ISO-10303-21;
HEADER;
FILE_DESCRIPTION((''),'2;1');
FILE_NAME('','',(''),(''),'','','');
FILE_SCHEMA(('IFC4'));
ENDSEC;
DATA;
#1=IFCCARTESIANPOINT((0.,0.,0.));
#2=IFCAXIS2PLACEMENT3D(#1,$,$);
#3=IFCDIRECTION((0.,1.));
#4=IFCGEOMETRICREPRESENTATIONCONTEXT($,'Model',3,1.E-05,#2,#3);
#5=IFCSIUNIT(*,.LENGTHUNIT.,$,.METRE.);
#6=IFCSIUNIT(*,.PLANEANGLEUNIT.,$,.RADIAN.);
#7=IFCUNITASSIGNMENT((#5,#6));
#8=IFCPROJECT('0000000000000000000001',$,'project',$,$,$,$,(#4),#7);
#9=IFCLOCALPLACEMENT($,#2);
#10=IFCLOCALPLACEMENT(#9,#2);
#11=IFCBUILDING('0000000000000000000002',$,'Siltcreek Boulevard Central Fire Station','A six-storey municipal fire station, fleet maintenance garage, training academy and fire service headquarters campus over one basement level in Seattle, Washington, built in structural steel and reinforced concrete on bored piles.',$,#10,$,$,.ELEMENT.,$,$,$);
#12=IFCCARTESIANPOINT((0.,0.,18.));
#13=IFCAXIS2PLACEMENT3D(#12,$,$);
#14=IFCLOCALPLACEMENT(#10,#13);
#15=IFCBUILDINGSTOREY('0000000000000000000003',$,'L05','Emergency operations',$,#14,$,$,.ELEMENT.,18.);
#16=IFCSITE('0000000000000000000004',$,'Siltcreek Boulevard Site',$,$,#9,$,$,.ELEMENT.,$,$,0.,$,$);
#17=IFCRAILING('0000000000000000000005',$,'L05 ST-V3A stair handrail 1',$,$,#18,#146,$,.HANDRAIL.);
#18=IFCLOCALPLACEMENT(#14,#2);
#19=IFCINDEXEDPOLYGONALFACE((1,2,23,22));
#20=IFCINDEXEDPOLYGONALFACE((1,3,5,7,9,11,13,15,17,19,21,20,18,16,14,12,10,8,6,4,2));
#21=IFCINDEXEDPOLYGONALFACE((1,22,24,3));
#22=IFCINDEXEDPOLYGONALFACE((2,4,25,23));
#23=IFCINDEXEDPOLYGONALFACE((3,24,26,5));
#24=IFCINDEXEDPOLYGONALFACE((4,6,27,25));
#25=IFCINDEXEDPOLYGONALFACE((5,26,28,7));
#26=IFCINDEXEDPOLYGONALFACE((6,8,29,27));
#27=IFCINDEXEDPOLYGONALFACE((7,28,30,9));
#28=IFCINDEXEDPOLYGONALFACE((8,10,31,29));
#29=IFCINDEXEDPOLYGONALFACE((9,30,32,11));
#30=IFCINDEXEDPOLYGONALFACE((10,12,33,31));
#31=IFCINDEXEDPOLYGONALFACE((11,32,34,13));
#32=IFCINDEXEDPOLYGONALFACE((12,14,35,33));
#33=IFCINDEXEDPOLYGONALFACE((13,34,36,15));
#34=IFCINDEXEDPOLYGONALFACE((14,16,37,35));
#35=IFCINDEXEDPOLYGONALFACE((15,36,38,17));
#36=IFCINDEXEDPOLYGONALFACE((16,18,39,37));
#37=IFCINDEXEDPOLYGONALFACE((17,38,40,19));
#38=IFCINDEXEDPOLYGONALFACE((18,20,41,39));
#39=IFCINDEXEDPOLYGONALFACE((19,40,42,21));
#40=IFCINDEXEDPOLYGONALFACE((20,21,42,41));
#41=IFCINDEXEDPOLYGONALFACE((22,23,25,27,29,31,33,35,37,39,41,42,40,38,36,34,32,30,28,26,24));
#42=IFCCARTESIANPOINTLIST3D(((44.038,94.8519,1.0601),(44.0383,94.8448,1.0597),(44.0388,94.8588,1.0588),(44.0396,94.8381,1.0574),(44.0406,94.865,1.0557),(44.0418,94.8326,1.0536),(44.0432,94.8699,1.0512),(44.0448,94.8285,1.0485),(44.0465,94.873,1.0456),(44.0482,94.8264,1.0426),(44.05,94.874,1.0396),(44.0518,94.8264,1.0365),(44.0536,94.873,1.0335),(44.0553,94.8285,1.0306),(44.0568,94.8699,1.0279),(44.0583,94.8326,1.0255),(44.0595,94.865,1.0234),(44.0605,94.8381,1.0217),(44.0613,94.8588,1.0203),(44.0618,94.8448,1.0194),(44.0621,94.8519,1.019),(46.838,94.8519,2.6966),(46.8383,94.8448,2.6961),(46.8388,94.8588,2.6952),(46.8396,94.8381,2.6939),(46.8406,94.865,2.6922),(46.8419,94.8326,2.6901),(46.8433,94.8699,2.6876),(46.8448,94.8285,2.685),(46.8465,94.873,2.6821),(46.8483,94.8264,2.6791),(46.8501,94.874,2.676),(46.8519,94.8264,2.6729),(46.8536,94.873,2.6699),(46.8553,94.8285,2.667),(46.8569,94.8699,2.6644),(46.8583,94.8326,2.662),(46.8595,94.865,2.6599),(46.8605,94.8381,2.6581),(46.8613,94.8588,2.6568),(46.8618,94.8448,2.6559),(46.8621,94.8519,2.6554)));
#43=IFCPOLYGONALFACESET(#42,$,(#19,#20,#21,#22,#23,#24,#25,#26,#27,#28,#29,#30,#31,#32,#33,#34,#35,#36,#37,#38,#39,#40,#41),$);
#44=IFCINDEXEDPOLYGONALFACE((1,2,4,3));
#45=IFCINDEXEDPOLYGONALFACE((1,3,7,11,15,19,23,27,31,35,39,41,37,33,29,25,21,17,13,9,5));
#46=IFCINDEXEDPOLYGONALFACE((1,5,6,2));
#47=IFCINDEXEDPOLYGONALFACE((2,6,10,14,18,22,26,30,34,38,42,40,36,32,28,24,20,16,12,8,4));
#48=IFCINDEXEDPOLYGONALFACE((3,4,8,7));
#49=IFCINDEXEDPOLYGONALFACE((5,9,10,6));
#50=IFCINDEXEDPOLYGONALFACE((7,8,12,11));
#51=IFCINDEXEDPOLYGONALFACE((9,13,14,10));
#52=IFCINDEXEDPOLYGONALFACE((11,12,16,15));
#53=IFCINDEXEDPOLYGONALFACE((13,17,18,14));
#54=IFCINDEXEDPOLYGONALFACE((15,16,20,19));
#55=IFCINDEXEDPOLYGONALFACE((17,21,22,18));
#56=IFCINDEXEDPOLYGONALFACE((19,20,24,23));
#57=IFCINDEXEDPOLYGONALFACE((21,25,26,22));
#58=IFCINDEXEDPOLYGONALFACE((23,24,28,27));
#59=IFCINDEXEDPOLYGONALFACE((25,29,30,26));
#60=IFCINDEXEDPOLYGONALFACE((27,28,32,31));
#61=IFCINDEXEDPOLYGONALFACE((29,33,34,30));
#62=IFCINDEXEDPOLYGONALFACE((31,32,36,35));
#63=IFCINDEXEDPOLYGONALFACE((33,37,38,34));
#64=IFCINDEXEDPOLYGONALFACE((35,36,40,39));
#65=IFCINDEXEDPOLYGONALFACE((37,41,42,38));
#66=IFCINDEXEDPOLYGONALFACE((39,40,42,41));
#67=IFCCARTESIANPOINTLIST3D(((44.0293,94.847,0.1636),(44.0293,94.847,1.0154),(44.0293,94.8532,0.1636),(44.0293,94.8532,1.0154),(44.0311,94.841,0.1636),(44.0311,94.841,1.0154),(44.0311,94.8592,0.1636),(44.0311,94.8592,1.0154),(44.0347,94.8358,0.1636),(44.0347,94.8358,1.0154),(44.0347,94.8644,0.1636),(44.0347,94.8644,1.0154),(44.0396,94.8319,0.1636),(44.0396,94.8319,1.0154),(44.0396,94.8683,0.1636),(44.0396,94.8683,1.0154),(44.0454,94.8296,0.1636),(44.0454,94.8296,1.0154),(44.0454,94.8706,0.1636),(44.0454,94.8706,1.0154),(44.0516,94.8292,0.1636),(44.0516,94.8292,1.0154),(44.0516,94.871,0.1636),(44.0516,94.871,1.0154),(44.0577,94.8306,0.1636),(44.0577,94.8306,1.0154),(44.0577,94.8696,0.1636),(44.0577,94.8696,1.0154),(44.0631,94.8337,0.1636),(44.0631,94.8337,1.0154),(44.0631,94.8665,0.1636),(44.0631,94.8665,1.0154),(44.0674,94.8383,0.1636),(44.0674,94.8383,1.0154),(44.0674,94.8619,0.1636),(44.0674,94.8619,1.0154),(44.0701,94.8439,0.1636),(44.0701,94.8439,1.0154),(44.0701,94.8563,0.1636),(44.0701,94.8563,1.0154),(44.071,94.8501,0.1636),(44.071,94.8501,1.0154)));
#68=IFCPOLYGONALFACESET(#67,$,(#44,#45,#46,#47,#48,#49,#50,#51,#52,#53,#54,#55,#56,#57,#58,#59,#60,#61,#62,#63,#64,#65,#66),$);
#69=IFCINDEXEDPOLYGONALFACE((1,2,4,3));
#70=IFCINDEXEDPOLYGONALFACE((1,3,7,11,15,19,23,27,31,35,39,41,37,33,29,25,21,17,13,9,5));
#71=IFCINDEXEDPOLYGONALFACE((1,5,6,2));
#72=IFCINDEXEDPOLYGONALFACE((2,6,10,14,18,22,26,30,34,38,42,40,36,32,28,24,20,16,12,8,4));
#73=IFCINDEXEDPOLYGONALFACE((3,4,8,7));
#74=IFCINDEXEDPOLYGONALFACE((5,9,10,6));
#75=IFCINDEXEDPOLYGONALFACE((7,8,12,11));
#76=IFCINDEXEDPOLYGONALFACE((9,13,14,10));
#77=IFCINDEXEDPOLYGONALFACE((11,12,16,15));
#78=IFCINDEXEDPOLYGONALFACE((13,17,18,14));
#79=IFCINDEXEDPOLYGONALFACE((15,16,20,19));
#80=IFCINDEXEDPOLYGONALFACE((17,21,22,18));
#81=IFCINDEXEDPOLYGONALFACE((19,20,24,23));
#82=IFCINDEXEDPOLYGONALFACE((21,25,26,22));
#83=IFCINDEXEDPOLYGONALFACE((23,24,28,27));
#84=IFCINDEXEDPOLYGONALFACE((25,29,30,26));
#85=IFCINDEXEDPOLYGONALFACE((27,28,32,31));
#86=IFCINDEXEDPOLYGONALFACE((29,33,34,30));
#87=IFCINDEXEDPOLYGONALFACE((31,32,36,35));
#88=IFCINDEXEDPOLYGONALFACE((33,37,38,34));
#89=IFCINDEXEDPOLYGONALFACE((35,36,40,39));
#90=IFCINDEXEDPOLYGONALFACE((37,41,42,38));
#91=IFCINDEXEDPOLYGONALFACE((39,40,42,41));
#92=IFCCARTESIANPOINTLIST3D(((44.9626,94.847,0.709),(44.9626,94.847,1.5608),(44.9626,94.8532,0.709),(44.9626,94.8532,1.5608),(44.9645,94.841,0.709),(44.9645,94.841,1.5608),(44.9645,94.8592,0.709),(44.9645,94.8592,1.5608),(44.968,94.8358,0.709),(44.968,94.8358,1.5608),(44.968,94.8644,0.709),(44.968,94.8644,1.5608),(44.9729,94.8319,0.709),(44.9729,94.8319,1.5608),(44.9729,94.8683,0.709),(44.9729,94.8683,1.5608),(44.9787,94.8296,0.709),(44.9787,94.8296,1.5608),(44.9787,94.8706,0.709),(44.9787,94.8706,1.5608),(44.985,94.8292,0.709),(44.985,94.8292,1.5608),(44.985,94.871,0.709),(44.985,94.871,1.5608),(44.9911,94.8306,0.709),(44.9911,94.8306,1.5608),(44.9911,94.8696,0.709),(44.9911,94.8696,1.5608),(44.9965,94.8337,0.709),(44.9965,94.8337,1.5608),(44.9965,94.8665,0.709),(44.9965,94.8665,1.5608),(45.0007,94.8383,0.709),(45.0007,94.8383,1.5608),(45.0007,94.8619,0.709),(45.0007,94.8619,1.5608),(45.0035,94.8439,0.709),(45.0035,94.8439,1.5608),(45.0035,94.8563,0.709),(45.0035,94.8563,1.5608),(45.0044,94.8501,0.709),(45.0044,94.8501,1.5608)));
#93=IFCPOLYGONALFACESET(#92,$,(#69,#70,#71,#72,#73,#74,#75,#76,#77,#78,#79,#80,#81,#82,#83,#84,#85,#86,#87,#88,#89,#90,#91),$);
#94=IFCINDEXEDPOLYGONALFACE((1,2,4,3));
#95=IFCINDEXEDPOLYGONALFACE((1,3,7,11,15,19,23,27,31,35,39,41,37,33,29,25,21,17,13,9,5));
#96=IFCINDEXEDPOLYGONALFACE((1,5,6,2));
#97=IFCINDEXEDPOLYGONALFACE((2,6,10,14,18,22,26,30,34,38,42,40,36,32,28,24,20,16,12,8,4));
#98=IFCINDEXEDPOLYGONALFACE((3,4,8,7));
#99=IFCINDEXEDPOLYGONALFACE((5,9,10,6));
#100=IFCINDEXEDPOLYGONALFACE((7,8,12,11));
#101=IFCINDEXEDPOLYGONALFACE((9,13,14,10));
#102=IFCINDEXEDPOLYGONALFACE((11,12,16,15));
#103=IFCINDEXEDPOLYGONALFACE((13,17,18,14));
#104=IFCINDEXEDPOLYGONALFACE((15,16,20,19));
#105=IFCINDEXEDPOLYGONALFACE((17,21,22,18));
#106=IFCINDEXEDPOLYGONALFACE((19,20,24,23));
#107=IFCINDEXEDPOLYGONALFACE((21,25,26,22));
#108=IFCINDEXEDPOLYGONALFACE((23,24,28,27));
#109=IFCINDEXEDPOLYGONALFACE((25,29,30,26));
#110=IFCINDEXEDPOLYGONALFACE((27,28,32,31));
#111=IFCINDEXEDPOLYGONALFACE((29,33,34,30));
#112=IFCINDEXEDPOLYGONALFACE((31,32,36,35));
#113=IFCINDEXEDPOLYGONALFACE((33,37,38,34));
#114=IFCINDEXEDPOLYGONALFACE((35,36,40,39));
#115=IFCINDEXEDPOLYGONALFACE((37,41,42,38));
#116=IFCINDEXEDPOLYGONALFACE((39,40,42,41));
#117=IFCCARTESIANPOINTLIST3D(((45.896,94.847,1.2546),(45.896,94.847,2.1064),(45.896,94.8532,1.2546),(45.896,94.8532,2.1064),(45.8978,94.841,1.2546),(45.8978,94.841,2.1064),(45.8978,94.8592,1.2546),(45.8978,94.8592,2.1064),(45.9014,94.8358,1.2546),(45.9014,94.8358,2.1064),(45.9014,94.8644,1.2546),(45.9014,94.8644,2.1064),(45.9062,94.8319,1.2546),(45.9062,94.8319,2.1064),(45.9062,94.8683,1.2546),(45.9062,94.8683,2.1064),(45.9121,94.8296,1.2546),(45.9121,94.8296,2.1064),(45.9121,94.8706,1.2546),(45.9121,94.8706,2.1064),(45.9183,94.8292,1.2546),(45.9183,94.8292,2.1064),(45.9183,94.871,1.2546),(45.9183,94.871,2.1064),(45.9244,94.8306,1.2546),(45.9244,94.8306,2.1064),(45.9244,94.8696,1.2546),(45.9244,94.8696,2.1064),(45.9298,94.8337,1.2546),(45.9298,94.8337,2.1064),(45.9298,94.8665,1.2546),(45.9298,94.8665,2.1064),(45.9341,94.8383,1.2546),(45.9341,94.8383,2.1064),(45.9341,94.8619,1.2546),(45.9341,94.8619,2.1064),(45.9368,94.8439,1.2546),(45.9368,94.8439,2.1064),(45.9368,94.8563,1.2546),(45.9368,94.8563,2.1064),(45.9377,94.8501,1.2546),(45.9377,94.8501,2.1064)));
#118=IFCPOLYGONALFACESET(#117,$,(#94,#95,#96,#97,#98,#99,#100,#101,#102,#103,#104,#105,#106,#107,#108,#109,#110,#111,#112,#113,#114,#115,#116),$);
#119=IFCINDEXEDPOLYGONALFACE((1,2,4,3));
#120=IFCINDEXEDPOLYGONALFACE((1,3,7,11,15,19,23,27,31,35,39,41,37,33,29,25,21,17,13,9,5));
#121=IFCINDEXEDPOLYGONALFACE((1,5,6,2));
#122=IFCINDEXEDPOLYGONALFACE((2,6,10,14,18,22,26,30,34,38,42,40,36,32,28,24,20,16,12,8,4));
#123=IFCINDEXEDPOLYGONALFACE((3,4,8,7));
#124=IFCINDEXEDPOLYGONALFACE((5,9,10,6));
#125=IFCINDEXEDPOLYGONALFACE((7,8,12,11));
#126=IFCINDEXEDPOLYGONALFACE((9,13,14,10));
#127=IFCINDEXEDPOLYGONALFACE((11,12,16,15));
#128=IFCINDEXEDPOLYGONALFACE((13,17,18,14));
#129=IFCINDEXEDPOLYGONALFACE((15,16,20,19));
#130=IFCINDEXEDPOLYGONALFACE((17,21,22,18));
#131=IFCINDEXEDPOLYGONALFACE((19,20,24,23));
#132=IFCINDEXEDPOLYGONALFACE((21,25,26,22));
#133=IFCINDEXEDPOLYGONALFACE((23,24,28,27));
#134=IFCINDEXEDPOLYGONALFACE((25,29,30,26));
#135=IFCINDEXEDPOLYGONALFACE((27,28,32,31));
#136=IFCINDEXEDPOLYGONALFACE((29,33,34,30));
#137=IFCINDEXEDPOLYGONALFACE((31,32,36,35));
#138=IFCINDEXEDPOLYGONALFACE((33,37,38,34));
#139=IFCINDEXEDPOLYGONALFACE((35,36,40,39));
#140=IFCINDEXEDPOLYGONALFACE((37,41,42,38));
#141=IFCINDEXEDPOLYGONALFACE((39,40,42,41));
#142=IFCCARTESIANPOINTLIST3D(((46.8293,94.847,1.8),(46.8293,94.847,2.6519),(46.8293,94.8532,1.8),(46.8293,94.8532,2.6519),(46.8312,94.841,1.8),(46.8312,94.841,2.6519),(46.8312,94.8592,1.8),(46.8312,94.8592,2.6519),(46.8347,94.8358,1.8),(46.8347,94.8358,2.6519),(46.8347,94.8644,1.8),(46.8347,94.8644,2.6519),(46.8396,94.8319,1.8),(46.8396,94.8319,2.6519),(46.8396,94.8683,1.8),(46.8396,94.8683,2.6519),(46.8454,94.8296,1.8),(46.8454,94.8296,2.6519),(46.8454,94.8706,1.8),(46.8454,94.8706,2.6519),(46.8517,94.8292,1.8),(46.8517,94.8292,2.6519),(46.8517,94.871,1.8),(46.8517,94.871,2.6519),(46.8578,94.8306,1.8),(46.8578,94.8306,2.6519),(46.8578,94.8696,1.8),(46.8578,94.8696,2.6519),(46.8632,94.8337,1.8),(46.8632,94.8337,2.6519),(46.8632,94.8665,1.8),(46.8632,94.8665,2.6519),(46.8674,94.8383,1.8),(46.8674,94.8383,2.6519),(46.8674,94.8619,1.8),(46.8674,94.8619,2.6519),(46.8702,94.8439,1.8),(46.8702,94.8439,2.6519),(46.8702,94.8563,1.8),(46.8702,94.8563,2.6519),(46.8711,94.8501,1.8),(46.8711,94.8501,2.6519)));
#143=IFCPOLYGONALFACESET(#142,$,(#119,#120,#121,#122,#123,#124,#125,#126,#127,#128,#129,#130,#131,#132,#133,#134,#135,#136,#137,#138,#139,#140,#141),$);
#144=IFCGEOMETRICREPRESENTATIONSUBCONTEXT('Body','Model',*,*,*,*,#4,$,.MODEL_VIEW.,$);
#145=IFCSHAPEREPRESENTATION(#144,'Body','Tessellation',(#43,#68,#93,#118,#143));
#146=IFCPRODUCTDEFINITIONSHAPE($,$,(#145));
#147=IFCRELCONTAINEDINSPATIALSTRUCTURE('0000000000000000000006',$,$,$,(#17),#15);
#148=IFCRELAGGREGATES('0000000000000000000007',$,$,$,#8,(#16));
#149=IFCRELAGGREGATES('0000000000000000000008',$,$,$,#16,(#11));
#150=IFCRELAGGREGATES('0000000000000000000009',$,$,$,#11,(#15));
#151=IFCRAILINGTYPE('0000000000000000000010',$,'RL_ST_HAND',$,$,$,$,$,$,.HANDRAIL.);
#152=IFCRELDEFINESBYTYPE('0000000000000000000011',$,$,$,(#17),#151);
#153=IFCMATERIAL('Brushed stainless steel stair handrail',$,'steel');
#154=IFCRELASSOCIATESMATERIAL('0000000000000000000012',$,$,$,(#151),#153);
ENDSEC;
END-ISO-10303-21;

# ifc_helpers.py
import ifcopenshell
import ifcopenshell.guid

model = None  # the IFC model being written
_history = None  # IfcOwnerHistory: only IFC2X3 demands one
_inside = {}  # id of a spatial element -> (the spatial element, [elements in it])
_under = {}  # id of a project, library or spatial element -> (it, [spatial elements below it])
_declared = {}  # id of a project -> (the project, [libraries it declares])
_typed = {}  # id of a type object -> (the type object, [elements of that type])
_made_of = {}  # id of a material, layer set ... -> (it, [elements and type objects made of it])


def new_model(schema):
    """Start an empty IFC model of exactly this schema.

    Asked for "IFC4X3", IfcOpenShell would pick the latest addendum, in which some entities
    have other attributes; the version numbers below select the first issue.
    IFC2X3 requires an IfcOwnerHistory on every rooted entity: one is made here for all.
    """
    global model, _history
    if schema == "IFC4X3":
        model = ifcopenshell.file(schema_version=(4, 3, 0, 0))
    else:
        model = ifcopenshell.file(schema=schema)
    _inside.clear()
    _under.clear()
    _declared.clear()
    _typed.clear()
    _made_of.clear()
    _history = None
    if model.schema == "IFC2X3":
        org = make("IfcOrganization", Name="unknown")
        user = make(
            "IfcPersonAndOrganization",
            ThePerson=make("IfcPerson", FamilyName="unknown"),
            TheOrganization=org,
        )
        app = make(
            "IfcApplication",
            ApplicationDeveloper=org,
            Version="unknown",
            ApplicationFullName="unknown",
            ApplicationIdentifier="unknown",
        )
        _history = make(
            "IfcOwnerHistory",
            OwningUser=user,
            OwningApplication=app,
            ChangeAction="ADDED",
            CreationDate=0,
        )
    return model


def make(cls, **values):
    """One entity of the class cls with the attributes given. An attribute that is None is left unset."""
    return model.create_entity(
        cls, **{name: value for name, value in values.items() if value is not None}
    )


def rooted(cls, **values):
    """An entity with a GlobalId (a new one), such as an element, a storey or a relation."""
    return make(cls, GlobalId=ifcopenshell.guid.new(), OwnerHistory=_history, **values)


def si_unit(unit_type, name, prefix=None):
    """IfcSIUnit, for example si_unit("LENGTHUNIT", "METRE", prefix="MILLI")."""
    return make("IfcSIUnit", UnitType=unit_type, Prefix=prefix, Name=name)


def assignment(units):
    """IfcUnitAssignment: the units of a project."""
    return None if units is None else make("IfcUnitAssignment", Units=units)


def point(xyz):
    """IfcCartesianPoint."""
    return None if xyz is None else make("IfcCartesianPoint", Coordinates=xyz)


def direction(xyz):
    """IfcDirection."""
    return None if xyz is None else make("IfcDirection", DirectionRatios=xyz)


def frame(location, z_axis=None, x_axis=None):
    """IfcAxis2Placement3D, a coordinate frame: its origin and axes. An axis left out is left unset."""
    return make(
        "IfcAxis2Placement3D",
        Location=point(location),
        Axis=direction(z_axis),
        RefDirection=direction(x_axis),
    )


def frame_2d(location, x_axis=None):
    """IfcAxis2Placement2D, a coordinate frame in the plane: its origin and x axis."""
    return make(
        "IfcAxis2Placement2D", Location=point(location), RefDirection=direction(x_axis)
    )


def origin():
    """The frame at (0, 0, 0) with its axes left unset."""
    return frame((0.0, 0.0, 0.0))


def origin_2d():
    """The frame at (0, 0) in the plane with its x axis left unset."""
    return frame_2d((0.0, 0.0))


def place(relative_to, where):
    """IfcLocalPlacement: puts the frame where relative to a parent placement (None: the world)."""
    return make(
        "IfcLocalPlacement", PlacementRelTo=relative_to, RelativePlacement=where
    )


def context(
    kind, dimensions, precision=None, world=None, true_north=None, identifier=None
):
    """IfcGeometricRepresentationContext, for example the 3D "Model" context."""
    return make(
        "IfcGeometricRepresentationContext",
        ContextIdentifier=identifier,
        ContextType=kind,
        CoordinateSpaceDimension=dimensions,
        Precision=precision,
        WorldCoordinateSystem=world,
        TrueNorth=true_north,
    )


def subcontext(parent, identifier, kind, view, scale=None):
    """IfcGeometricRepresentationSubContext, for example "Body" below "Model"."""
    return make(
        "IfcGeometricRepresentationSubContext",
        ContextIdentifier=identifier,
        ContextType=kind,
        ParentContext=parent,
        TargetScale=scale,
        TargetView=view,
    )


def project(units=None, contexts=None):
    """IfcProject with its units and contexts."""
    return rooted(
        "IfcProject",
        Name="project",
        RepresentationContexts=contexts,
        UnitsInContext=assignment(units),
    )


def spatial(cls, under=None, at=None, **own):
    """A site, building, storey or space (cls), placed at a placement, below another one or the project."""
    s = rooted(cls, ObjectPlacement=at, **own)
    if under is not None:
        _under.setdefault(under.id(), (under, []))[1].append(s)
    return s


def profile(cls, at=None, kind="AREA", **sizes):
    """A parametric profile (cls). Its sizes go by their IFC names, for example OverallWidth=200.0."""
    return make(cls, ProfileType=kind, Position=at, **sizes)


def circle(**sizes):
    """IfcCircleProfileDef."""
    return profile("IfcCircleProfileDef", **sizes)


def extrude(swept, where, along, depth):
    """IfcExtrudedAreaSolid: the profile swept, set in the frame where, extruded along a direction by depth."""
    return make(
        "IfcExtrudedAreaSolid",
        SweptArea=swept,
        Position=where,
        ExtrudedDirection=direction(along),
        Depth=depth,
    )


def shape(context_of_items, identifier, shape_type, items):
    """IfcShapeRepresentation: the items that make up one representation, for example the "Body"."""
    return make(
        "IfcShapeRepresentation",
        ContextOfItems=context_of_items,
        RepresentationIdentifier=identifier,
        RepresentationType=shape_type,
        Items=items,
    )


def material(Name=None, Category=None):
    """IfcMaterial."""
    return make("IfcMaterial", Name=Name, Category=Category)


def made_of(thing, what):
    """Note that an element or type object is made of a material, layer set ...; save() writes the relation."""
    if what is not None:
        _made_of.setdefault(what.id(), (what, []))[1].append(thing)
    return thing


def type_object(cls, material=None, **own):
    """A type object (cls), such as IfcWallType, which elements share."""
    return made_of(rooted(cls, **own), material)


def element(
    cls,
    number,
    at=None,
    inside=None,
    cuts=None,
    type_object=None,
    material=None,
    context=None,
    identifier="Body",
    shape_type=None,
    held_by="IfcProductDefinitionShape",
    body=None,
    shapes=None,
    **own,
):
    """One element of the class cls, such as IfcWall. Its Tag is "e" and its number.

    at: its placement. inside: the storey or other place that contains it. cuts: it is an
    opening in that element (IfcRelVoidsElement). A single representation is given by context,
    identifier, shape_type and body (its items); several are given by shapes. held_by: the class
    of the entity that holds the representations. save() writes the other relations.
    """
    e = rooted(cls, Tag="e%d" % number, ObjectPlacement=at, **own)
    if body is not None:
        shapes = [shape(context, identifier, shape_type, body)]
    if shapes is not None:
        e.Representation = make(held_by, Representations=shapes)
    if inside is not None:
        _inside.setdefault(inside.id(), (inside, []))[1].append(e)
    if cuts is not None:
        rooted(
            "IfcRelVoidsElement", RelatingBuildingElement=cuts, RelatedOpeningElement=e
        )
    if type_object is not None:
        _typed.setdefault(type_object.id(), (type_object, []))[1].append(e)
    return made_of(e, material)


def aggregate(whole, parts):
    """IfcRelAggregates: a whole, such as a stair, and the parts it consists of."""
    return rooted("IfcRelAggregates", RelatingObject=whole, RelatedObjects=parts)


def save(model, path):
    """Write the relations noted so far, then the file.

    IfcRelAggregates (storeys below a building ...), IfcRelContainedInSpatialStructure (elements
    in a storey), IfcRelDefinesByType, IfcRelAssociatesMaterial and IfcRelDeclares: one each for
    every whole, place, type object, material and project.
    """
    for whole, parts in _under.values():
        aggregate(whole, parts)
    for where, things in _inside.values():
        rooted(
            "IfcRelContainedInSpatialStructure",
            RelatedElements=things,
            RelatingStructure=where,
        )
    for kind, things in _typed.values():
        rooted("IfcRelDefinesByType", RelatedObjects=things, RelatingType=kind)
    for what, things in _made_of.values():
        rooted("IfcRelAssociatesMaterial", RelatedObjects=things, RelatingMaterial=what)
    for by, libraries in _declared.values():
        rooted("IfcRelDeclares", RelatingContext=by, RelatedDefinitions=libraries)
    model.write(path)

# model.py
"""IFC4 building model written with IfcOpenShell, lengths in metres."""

from ifc_helpers import new_model, si_unit, direction, frame, origin, origin_2d, place, context, subcontext, project, spatial, circle, extrude, material, type_object, element, save


model = new_model("IFC4")

# Units and contexts
model_context = context("Model", 3, precision=1e-05, world=origin(), true_north=direction((0.0, 1.0)))
body_context = subcontext(model_context, "Body", "Model", "MODEL_VIEW")
ifc_project = project(units=[si_unit("LENGTHUNIT", "METRE"), si_unit("PLANEANGLEUNIT", "RADIAN")], contexts=[model_context])

# Site, building, storey
site_placement = place(None, origin())
site = spatial("IfcSite", under=ifc_project, at=site_placement, Name="Siltcreek Boulevard Site", CompositionType="ELEMENT", RefElevation=0.0)
building_placement = place(site_placement, origin())
building = spatial("IfcBuilding", under=site, at=building_placement, Name="Siltcreek Boulevard Central Fire Station", Description="A six-storey municipal fire station, fleet maintenance garage, training academy and fire service headquarters campus over one basement level in Seattle, Washington, built in structural steel and reinforced concrete on bored piles.", CompositionType="ELEMENT")
storey_placement = place(building_placement, frame((0.0, 0.0, 18.0)))
storey = spatial("IfcBuildingStorey", under=building, at=storey_placement, Name="L05", Description="Emergency operations", CompositionType="ELEMENT", Elevation=18.0)

# Railing
ifc_material_1 = material(Name="Brushed stainless steel stair handrail", Category="steel")
railing_type_1 = type_object("IfcRailingType", Name="RL_ST_HAND", PredefinedType="HANDRAIL", material=ifc_material_1)
railing_1_placement = place(storey_placement, frame((44.05, 94.8501, 0.1636)))
element("IfcRailing", 1, at=railing_1_placement, inside=storey, type_object=railing_type_1, Name="L05 ST-V3A stair handrail 1", PredefinedType="HANDRAIL", context=body_context, shape_type="SweptSolid", body=[
    extrude(circle(Radius=0.0239, at=origin_2d()), frame((0.0, 0.0, 0.876), z_axis=(0.863361, 0.0, 0.504587), x_axis=(0.0, 1.0, 0.0)), (0.0, 0.0, 1.0), 3.2432),
    extrude(circle(Radius=0.021, at=origin_2d()), origin(), (0.0, 0.0, 1.0), 0.8518),
    extrude(circle(Radius=0.021, at=origin_2d()), frame((0.9333, 0.0, 0.5454)), (0.0, 0.0, 1.0), 0.8518),
    extrude(circle(Radius=0.021, at=origin_2d()), frame((1.8667, 0.0, 1.0911)), (0.0, 0.0, 1.0), 0.8518),
    extrude(circle(Radius=0.021, at=origin_2d()), frame((2.8, 0.0, 1.6365)), (0.0, 0.0, 1.0), 0.8518),
])

save(model, "model.ifc")
